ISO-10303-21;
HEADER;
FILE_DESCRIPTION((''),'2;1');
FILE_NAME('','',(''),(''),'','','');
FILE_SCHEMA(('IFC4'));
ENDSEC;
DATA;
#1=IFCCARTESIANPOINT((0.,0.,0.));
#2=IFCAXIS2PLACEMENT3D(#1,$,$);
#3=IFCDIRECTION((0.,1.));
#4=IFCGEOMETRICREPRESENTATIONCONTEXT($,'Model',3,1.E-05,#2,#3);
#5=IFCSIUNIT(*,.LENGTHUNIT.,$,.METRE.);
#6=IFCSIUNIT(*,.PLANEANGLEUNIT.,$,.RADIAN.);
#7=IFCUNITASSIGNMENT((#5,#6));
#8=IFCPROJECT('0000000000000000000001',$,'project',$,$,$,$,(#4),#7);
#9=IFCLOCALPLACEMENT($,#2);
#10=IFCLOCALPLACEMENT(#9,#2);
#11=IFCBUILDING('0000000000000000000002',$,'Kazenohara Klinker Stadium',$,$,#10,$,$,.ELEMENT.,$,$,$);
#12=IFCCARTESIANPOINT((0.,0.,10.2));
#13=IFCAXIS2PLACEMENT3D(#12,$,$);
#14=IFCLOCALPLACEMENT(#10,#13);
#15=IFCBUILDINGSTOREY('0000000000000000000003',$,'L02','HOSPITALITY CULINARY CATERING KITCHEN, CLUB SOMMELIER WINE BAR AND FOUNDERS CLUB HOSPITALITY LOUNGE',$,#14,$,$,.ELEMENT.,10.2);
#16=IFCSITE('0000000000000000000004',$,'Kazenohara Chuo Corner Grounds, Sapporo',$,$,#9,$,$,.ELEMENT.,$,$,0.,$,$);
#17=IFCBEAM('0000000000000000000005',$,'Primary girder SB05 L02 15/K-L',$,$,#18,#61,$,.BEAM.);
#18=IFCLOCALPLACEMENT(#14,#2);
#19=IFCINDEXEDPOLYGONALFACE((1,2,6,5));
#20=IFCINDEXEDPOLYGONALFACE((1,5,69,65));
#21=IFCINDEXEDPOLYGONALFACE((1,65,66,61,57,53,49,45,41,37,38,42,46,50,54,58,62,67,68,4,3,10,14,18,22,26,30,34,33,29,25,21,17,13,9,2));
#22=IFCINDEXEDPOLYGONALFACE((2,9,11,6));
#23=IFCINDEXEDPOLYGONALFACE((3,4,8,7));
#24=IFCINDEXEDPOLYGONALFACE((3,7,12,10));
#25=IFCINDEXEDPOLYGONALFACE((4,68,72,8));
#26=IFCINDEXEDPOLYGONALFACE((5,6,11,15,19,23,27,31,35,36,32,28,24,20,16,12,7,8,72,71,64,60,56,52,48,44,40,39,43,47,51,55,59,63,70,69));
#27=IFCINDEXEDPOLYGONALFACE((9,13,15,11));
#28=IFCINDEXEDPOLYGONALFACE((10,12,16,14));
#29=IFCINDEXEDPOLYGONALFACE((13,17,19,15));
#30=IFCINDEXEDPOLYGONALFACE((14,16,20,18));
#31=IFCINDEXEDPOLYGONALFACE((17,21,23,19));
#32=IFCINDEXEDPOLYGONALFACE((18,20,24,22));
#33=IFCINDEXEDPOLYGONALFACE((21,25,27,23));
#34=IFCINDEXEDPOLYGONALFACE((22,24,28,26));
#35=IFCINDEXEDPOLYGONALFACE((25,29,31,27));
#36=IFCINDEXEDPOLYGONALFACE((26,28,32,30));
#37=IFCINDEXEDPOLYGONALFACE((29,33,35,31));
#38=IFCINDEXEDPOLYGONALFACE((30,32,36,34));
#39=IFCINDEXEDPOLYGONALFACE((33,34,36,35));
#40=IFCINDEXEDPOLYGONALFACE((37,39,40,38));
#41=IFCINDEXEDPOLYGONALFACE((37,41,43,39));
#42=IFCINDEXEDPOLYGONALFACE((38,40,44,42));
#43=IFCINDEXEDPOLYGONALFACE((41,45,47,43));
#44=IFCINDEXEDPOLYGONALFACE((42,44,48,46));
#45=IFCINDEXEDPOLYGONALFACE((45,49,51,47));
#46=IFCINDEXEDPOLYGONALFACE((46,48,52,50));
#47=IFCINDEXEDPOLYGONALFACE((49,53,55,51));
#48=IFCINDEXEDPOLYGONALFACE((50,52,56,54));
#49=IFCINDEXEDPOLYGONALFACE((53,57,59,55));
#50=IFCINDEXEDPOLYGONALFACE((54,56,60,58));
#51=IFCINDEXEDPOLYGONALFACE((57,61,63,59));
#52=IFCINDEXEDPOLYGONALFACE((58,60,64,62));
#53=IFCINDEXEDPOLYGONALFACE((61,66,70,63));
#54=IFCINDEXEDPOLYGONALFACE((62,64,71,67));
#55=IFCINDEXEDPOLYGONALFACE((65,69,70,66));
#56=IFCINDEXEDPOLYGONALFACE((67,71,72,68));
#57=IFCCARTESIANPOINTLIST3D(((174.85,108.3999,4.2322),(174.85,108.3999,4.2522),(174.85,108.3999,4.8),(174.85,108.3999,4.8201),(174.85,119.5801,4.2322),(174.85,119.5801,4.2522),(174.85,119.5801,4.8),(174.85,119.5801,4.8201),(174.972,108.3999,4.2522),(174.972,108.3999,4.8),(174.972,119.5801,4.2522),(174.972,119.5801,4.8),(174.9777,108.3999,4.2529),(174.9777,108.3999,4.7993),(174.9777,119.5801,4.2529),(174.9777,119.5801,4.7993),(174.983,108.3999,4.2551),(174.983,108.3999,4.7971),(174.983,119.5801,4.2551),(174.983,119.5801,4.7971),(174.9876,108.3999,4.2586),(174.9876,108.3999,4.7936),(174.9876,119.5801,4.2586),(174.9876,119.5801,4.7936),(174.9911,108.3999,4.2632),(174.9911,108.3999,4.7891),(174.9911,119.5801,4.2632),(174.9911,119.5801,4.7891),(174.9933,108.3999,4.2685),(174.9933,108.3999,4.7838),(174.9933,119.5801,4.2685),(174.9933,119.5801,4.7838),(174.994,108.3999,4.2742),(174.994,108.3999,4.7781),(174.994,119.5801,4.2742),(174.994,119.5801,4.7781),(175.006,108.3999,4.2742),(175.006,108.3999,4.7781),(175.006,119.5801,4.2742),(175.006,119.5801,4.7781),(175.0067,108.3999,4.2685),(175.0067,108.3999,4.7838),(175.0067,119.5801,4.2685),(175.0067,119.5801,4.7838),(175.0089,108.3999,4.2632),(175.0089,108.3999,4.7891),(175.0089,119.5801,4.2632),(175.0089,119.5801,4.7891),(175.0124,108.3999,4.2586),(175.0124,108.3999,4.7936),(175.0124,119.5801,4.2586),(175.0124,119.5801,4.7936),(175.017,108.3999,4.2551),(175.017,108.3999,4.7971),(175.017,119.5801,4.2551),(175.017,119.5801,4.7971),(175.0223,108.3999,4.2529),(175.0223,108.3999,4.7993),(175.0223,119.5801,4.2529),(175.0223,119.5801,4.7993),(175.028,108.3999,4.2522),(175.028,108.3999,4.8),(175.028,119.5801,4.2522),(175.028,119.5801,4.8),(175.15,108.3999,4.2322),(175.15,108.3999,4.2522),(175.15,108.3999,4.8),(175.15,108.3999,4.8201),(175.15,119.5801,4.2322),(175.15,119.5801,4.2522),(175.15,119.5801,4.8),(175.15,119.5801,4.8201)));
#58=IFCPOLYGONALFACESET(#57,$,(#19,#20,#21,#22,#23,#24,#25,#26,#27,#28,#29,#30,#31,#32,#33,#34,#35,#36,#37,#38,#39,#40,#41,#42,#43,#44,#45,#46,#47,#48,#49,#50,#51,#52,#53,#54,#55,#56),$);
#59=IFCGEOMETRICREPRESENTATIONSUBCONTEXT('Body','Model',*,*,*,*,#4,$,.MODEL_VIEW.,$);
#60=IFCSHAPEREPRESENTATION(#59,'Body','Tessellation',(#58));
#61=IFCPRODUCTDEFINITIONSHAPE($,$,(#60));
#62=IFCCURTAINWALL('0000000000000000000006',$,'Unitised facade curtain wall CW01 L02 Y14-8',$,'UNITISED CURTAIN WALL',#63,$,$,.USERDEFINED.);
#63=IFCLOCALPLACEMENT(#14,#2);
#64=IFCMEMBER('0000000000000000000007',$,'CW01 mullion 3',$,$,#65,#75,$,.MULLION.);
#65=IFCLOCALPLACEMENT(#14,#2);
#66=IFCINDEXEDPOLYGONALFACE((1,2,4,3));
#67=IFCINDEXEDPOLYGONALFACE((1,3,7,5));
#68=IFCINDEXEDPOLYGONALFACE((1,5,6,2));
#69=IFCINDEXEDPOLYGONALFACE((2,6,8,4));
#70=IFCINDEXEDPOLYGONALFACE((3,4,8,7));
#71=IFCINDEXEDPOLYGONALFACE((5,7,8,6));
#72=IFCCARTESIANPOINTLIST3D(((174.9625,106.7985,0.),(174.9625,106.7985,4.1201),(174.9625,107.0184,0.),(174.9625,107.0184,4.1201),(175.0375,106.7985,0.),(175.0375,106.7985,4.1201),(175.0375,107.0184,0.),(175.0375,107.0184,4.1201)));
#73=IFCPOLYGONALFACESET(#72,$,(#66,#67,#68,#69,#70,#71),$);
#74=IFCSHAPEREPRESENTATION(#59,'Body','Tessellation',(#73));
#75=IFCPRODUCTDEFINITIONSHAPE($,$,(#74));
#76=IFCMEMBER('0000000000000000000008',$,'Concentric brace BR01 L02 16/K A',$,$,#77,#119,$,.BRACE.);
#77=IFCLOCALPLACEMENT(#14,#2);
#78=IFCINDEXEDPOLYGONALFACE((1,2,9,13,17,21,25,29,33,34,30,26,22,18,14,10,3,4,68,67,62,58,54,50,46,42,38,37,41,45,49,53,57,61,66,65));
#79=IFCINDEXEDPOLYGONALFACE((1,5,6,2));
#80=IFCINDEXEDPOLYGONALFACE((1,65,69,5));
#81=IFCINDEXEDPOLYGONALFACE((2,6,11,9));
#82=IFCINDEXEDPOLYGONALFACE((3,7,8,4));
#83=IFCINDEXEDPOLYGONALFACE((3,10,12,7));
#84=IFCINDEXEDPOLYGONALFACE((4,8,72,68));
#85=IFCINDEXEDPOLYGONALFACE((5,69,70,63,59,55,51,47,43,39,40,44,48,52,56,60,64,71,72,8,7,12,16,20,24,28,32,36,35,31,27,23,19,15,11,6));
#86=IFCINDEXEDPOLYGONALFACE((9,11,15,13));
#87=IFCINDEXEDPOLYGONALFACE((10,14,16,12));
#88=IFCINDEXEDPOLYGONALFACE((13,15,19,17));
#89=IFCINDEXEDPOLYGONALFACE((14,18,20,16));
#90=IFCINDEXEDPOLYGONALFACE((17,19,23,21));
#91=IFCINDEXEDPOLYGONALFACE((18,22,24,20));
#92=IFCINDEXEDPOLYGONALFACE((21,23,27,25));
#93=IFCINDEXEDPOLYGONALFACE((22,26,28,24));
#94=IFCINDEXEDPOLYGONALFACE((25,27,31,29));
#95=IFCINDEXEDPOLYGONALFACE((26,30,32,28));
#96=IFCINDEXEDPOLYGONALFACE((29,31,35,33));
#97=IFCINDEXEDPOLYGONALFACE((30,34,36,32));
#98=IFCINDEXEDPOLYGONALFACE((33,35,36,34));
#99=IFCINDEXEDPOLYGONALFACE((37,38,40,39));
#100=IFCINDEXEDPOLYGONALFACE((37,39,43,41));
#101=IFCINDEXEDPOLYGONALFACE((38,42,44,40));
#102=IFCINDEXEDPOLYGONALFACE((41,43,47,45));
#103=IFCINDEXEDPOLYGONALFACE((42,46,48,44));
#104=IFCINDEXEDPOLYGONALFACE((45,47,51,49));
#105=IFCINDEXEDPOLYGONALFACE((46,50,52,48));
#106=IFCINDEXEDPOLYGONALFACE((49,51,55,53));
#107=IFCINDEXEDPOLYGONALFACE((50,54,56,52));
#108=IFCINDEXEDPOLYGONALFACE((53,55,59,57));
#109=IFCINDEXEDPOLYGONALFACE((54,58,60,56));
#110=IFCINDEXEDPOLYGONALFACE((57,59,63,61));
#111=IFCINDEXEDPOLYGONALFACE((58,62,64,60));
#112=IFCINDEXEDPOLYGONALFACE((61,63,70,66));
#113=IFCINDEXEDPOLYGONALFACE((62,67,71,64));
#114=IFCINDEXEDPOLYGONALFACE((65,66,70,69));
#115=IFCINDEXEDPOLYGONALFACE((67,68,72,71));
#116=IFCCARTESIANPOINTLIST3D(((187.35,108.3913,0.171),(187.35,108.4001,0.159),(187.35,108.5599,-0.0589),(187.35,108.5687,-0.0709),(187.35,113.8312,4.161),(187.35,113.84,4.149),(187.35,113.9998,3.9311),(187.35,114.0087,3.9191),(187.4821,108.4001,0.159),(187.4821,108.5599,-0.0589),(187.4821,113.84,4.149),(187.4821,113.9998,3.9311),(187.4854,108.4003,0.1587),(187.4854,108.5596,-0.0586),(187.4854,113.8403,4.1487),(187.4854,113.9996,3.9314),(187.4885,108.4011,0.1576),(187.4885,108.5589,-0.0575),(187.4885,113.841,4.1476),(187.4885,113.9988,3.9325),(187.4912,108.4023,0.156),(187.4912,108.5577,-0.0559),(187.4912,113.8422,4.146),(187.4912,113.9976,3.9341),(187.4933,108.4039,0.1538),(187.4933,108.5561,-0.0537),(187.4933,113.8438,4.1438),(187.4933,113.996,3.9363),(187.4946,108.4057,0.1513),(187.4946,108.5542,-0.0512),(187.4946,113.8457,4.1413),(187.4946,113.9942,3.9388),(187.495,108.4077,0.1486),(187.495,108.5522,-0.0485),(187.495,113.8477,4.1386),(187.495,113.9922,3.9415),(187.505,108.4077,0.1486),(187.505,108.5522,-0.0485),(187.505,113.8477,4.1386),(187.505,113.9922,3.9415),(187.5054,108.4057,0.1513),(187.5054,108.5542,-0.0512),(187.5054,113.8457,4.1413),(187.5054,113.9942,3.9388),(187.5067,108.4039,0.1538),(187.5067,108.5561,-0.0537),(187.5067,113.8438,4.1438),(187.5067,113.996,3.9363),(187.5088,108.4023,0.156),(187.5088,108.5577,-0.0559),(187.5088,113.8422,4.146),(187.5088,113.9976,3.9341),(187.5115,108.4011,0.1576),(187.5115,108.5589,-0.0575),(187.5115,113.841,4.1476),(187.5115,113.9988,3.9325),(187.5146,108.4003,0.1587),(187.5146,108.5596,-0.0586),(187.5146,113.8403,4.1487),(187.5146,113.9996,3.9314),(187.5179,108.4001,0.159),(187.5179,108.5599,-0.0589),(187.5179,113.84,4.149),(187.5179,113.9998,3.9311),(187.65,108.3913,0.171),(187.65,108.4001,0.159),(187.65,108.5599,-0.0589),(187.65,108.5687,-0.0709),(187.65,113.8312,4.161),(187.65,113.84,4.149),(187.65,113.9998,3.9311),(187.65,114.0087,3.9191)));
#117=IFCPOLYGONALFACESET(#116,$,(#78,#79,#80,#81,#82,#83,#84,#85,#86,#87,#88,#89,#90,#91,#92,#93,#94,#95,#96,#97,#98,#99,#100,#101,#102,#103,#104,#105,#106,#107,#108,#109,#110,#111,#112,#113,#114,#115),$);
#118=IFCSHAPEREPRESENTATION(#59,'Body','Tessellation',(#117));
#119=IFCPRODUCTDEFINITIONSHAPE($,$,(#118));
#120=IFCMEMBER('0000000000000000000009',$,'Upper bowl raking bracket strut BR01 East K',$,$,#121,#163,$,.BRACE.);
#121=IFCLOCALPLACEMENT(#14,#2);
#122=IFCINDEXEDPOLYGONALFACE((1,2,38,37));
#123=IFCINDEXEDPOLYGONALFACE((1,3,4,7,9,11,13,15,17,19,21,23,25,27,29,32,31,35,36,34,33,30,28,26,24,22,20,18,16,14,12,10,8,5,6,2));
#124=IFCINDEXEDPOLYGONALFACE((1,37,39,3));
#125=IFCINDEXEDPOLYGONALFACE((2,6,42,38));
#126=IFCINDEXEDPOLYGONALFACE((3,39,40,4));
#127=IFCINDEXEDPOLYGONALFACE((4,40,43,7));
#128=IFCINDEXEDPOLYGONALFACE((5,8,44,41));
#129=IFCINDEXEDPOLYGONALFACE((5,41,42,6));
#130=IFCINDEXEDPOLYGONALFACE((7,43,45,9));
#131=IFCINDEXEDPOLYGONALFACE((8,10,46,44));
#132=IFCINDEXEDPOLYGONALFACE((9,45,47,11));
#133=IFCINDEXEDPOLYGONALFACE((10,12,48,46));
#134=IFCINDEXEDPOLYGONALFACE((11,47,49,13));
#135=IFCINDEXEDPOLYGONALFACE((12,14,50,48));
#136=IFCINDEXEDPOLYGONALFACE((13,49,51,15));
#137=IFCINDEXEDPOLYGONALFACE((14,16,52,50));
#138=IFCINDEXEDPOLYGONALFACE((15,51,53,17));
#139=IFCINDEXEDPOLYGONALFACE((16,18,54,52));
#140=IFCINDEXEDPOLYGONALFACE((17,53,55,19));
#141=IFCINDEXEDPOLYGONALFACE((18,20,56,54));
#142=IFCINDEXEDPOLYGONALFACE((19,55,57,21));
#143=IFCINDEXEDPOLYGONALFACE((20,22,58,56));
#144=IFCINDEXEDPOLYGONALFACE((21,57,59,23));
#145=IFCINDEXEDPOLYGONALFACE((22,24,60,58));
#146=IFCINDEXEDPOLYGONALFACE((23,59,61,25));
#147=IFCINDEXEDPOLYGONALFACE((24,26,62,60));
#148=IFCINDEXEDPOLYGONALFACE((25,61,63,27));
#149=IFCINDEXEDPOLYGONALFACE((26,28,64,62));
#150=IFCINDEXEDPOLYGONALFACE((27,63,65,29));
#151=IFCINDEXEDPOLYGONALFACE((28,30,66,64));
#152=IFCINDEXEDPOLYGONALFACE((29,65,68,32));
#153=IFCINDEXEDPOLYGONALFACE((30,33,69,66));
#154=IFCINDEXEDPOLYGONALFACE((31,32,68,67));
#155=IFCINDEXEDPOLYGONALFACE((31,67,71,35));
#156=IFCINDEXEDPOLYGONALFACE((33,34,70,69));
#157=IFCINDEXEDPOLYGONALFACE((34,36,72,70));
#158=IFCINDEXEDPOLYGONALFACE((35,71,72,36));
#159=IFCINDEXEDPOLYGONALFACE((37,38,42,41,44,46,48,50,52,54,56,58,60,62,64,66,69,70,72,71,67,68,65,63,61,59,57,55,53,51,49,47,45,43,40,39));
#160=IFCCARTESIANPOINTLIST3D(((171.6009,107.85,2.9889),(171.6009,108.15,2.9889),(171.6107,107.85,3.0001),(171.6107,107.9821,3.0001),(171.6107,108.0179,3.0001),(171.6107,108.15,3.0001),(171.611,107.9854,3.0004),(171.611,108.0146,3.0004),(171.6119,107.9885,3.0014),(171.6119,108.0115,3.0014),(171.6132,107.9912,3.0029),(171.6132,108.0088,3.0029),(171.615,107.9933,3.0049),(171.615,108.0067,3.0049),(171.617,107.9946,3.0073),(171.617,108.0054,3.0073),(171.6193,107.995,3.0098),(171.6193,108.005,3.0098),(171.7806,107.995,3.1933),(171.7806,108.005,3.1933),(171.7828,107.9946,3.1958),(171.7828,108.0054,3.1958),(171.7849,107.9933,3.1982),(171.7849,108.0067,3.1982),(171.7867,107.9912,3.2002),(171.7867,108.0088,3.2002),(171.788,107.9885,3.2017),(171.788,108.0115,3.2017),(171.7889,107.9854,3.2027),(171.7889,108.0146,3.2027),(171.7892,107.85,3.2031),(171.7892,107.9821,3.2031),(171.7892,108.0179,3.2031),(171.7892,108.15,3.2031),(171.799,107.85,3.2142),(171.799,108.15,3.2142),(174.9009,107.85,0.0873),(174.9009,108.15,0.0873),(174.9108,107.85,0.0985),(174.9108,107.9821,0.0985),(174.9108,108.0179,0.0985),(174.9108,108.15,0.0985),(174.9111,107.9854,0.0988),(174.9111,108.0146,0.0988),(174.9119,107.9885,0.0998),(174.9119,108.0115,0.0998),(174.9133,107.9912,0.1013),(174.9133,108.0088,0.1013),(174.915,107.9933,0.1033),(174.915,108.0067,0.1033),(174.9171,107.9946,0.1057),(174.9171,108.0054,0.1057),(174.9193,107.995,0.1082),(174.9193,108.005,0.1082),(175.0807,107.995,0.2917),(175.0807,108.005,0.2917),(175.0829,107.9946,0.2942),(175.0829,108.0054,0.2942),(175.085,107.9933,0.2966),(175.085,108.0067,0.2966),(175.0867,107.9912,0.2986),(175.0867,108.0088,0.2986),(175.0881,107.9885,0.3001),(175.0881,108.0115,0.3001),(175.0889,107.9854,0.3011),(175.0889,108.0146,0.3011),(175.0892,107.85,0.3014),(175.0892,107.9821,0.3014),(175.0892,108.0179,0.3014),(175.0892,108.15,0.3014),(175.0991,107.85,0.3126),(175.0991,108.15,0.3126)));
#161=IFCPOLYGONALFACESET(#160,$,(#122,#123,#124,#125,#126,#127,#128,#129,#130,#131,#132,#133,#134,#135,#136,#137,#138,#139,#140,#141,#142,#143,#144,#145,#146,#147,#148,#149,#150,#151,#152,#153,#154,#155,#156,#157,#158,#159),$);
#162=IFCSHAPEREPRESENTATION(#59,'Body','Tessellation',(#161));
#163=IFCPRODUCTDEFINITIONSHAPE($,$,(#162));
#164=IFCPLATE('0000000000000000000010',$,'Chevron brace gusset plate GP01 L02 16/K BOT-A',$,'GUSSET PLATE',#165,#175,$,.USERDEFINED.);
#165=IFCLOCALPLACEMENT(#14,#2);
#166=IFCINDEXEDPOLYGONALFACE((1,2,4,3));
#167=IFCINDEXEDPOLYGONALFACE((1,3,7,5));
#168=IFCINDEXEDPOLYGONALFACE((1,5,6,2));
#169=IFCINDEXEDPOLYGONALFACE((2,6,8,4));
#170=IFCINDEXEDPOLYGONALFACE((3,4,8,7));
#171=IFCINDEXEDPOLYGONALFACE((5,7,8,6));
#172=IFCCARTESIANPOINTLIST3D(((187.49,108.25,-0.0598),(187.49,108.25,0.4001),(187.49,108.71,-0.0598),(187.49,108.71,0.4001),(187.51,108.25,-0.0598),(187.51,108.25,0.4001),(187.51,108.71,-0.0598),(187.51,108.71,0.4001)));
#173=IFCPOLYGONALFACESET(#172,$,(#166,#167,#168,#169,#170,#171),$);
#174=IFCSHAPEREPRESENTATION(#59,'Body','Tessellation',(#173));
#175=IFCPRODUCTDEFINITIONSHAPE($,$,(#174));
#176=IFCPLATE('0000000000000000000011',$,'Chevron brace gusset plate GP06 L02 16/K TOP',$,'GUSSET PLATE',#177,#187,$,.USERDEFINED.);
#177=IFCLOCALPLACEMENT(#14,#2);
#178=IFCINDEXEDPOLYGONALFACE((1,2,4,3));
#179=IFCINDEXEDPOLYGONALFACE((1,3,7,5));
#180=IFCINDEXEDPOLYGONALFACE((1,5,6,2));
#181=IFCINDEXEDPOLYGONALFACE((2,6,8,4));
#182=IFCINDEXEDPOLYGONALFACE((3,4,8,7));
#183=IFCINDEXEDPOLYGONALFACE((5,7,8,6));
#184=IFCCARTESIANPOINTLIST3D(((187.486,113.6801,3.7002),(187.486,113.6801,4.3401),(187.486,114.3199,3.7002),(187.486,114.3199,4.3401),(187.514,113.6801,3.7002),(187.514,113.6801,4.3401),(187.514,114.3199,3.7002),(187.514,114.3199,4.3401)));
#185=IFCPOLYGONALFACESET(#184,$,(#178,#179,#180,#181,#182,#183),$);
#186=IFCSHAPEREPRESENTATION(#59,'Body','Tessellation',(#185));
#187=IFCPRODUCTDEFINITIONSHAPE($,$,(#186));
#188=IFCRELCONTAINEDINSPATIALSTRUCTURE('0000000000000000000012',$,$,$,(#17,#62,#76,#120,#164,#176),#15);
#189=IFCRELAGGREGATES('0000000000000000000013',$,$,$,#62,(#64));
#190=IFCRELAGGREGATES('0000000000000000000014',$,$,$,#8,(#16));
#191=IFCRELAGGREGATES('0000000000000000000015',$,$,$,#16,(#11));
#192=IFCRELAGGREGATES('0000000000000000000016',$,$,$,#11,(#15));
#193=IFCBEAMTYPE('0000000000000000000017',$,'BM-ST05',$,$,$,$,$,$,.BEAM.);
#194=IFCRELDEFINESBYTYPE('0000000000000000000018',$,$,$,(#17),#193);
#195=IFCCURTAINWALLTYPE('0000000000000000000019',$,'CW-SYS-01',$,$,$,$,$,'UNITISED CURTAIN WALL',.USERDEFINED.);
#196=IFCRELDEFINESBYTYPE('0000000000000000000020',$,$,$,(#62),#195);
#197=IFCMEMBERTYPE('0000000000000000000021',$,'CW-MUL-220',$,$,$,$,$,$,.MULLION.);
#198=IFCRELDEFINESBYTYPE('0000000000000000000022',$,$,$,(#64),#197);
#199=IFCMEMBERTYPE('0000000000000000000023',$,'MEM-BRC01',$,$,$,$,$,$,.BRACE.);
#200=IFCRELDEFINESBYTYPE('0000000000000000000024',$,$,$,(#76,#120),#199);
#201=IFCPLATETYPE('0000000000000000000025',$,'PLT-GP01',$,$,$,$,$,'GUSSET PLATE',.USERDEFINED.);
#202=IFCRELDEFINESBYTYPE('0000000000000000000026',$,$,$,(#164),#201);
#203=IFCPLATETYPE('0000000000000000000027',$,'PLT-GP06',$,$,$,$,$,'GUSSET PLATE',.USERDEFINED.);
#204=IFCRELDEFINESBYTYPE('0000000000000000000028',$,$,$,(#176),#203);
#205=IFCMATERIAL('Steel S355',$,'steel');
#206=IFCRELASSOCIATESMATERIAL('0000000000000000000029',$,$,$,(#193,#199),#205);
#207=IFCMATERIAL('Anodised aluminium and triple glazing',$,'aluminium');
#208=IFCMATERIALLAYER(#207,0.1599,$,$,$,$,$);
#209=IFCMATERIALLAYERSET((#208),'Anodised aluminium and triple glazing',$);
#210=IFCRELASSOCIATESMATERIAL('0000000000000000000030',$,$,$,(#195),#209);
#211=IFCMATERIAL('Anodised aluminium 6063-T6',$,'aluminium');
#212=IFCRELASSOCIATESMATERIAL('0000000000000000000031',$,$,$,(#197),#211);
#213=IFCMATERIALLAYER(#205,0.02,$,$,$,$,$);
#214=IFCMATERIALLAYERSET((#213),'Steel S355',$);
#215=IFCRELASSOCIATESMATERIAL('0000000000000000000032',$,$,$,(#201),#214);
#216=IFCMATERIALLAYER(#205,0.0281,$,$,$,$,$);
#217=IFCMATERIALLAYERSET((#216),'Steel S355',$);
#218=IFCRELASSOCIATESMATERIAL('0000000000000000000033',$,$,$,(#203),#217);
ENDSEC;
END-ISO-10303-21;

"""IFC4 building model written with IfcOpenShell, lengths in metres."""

from ifc_helpers import new_model, si_unit, direction, frame, origin, origin_2d, place, context, subcontext, project, spatial, rectangle, i_section, extrude, material, layer, layer_set, material_profile, profile_set, type_object, element, aggregate, save


model = new_model("IFC4")

# Units and contexts
model_context = context("Model", 3, precision=1e-05, world=origin(), true_north=direction((0.0, 1.0)))
body_context = subcontext(model_context, "Body", "Model", "MODEL_VIEW")
ifc_project = project(units=[si_unit("LENGTHUNIT", "METRE"), si_unit("PLANEANGLEUNIT", "RADIAN")], contexts=[model_context])

# Site, building, storey
site_placement = place(None, origin())
site = spatial("IfcSite", under=ifc_project, at=site_placement, Name="Kazenohara Chuo Corner Grounds, Sapporo", CompositionType="ELEMENT", RefElevation=0.0)
building_placement = place(site_placement, origin())
building = spatial("IfcBuilding", under=site, at=building_placement, Name="Kazenohara Klinker Stadium", CompositionType="ELEMENT")
storey_placement = place(building_placement, frame((0.0, 0.0, 10.2)))
storey = spatial("IfcBuildingStorey", under=building, at=storey_placement, Name="L02", Description="HOSPITALITY CULINARY CATERING KITCHEN, CLUB SOMMELIER WINE BAR AND FOUNDERS CLUB HOSPITALITY LOUNGE", CompositionType="ELEMENT", Elevation=10.2)

# Beam
ifc_material_1 = material(Name="Steel S355", Category="steel")
ifc_material_profile_1 = material_profile(ifc_material_1, i_section(OverallWidth=0.3, OverallDepth=0.5879, WebThickness=0.012, FlangeThickness=0.02, FilletRadius=0.022, at=origin_2d()), Name="H-588x300x12x20")
ifc_profile_set_1 = profile_set([ifc_material_profile_1], Name="Steel S355")
beam_type_1 = type_object("IfcBeamType", Name="BM-ST05", PredefinedType="BEAM", material=ifc_profile_set_1)
beam_1_placement = place(storey_placement, frame((175.0, 108.3999, 4.5261), z_axis=(0.0, 1.0, 0.0), x_axis=(-1.0, 0.0, 0.0)))
element("IfcBeam", 1, at=beam_1_placement, inside=storey, type_object=beam_type_1, Name="Primary girder SB05 L02 15/K-L", PredefinedType="BEAM", context=body_context, shape_type="SweptSolid", body=[
    extrude(i_section(OverallWidth=0.3, OverallDepth=0.5879, WebThickness=0.012, FlangeThickness=0.02, FilletRadius=0.022, at=origin_2d()), origin(), (0.0, 0.0, 1.0), 11.1802),
])

# Curtain wall, member
ifc_material_2 = material(Name="Anodised aluminium and triple glazing", Category="aluminium")
ifc_layer_1 = layer(ifc_material_2, 0.1599)
ifc_layer_set_1 = layer_set([ifc_layer_1], Name="Anodised aluminium and triple glazing")
curtain_wall_type = type_object("IfcCurtainWallType", Name="CW-SYS-01", ElementType="UNITISED CURTAIN WALL", PredefinedType="USERDEFINED", material=ifc_layer_set_1)
curtain_wall_placement = place(storey_placement, origin())
curtain_wall = element("IfcCurtainWall", 2, at=curtain_wall_placement, inside=storey, type_object=curtain_wall_type, Name="Unitised facade curtain wall CW01 L02 Y14-8", ObjectType="UNITISED CURTAIN WALL", PredefinedType="USERDEFINED")
ifc_material_3 = material(Name="Anodised aluminium 6063-T6", Category="aluminium")
ifc_material_profile_2 = material_profile(ifc_material_3, rectangle(XDim=0.075, YDim=0.22, at=origin_2d()), Name="ALU-MUL-75x220")
ifc_profile_set_2 = profile_set([ifc_material_profile_2], Name="Anodised aluminium 6063-T6")
member_type_1 = type_object("IfcMemberType", Name="CW-MUL-220", PredefinedType="MULLION", material=ifc_profile_set_2)
member_1_placement = place(storey_placement, frame((175.0, 106.9084, 0.0), z_axis=(0.0, 0.0, 1.0), x_axis=(-1.0, 0.0, 0.0)))
member_1 = element("IfcMember", 3, at=member_1_placement, type_object=member_type_1, Name="CW01 mullion 3", PredefinedType="MULLION", context=body_context, shape_type="SweptSolid", body=[
    extrude(rectangle(XDim=0.075, YDim=0.22, at=origin_2d()), origin(), (0.0, 0.0, 1.0), 4.1201),
])
aggregate(curtain_wall, [member_1])

# Members
ifc_material_profile_3 = material_profile(ifc_material_1, i_section(OverallWidth=0.3, OverallDepth=0.3, WebThickness=0.01, FlangeThickness=0.0149, FilletRadius=0.0129, at=origin_2d()), Name="H-300x300x10x15")
ifc_profile_set_3 = profile_set([ifc_material_profile_3], Name="Steel S355")
member_type_2 = type_object("IfcMemberType", Name="MEM-BRC01", PredefinedType="BRACE", material=ifc_profile_set_3)
member_2_placement = place(storey_placement, frame((187.5, 108.48, 0.05), z_axis=(0.0, 0.806356, 0.591431), x_axis=(-1.0, 0.0, 0.0)))
element("IfcMember", 4, at=member_2_placement, inside=storey, type_object=member_type_2, Name="Concentric brace BR01 L02 16/K A", PredefinedType="BRACE", context=body_context, shape_type="SweptSolid", body=[
    extrude(i_section(OverallWidth=0.3, OverallDepth=0.3, WebThickness=0.01, FlangeThickness=0.0149, FilletRadius=0.0129, at=origin_2d()), origin(), (0.0, 0.0, 1.0), 6.7463),
])
member_3_placement = place(storey_placement, frame((175.0, 108.0, 0.2), z_axis=(-0.750988, 0.0, 0.660316), x_axis=(0.0, -1.0, 0.0)))
element("IfcMember", 5, at=member_3_placement, inside=storey, type_object=member_type_2, Name="Upper bowl raking bracket strut BR01 East K", PredefinedType="BRACE", context=body_context, shape_type="SweptSolid", body=[
    extrude(i_section(OverallWidth=0.3, OverallDepth=0.3, WebThickness=0.01, FlangeThickness=0.0149, FilletRadius=0.0129, at=origin_2d()), origin(), (0.0, 0.0, 1.0), 4.3943),
])

# Plates
ifc_layer_2 = layer(ifc_material_1, 0.02)
ifc_layer_set_2 = layer_set([ifc_layer_2], Name="Steel S355")
plate_type_1 = type_object("IfcPlateType", Name="PLT-GP01", ElementType="GUSSET PLATE", PredefinedType="USERDEFINED", material=ifc_layer_set_2)
plate_1_placement = place(storey_placement, frame((187.5, 108.48, -0.0598), z_axis=(0.0, 0.0, 1.0), x_axis=(1.0, 0.0, 0.0)))
element("IfcPlate", 6, at=plate_1_placement, inside=storey, type_object=plate_type_1, Name="Chevron brace gusset plate GP01 L02 16/K BOT-A", ObjectType="GUSSET PLATE", PredefinedType="USERDEFINED", context=body_context, shape_type="SweptSolid", body=[
    extrude(rectangle(XDim=0.02, YDim=0.46, at=origin_2d()), origin(), (0.0, 0.0, 1.0), 0.46),
])
ifc_layer_3 = layer(ifc_material_1, 0.0281)
ifc_layer_set_3 = layer_set([ifc_layer_3], Name="Steel S355")
plate_type_2 = type_object("IfcPlateType", Name="PLT-GP06", ElementType="GUSSET PLATE", PredefinedType="USERDEFINED", material=ifc_layer_set_3)
plate_2_placement = place(storey_placement, frame((187.5, 114.0, 3.7002), z_axis=(0.0, 0.0, 1.0), x_axis=(1.0, 0.0, 0.0)))
element("IfcPlate", 7, at=plate_2_placement, inside=storey, type_object=plate_type_2, Name="Chevron brace gusset plate GP06 L02 16/K TOP", ObjectType="GUSSET PLATE", PredefinedType="USERDEFINED", context=body_context, shape_type="SweptSolid", body=[
    extrude(rectangle(XDim=0.0281, YDim=0.6399, at=origin_2d()), origin(), (0.0, 0.0, 1.0), 0.6399),
])

save(model, "model.ifc")
